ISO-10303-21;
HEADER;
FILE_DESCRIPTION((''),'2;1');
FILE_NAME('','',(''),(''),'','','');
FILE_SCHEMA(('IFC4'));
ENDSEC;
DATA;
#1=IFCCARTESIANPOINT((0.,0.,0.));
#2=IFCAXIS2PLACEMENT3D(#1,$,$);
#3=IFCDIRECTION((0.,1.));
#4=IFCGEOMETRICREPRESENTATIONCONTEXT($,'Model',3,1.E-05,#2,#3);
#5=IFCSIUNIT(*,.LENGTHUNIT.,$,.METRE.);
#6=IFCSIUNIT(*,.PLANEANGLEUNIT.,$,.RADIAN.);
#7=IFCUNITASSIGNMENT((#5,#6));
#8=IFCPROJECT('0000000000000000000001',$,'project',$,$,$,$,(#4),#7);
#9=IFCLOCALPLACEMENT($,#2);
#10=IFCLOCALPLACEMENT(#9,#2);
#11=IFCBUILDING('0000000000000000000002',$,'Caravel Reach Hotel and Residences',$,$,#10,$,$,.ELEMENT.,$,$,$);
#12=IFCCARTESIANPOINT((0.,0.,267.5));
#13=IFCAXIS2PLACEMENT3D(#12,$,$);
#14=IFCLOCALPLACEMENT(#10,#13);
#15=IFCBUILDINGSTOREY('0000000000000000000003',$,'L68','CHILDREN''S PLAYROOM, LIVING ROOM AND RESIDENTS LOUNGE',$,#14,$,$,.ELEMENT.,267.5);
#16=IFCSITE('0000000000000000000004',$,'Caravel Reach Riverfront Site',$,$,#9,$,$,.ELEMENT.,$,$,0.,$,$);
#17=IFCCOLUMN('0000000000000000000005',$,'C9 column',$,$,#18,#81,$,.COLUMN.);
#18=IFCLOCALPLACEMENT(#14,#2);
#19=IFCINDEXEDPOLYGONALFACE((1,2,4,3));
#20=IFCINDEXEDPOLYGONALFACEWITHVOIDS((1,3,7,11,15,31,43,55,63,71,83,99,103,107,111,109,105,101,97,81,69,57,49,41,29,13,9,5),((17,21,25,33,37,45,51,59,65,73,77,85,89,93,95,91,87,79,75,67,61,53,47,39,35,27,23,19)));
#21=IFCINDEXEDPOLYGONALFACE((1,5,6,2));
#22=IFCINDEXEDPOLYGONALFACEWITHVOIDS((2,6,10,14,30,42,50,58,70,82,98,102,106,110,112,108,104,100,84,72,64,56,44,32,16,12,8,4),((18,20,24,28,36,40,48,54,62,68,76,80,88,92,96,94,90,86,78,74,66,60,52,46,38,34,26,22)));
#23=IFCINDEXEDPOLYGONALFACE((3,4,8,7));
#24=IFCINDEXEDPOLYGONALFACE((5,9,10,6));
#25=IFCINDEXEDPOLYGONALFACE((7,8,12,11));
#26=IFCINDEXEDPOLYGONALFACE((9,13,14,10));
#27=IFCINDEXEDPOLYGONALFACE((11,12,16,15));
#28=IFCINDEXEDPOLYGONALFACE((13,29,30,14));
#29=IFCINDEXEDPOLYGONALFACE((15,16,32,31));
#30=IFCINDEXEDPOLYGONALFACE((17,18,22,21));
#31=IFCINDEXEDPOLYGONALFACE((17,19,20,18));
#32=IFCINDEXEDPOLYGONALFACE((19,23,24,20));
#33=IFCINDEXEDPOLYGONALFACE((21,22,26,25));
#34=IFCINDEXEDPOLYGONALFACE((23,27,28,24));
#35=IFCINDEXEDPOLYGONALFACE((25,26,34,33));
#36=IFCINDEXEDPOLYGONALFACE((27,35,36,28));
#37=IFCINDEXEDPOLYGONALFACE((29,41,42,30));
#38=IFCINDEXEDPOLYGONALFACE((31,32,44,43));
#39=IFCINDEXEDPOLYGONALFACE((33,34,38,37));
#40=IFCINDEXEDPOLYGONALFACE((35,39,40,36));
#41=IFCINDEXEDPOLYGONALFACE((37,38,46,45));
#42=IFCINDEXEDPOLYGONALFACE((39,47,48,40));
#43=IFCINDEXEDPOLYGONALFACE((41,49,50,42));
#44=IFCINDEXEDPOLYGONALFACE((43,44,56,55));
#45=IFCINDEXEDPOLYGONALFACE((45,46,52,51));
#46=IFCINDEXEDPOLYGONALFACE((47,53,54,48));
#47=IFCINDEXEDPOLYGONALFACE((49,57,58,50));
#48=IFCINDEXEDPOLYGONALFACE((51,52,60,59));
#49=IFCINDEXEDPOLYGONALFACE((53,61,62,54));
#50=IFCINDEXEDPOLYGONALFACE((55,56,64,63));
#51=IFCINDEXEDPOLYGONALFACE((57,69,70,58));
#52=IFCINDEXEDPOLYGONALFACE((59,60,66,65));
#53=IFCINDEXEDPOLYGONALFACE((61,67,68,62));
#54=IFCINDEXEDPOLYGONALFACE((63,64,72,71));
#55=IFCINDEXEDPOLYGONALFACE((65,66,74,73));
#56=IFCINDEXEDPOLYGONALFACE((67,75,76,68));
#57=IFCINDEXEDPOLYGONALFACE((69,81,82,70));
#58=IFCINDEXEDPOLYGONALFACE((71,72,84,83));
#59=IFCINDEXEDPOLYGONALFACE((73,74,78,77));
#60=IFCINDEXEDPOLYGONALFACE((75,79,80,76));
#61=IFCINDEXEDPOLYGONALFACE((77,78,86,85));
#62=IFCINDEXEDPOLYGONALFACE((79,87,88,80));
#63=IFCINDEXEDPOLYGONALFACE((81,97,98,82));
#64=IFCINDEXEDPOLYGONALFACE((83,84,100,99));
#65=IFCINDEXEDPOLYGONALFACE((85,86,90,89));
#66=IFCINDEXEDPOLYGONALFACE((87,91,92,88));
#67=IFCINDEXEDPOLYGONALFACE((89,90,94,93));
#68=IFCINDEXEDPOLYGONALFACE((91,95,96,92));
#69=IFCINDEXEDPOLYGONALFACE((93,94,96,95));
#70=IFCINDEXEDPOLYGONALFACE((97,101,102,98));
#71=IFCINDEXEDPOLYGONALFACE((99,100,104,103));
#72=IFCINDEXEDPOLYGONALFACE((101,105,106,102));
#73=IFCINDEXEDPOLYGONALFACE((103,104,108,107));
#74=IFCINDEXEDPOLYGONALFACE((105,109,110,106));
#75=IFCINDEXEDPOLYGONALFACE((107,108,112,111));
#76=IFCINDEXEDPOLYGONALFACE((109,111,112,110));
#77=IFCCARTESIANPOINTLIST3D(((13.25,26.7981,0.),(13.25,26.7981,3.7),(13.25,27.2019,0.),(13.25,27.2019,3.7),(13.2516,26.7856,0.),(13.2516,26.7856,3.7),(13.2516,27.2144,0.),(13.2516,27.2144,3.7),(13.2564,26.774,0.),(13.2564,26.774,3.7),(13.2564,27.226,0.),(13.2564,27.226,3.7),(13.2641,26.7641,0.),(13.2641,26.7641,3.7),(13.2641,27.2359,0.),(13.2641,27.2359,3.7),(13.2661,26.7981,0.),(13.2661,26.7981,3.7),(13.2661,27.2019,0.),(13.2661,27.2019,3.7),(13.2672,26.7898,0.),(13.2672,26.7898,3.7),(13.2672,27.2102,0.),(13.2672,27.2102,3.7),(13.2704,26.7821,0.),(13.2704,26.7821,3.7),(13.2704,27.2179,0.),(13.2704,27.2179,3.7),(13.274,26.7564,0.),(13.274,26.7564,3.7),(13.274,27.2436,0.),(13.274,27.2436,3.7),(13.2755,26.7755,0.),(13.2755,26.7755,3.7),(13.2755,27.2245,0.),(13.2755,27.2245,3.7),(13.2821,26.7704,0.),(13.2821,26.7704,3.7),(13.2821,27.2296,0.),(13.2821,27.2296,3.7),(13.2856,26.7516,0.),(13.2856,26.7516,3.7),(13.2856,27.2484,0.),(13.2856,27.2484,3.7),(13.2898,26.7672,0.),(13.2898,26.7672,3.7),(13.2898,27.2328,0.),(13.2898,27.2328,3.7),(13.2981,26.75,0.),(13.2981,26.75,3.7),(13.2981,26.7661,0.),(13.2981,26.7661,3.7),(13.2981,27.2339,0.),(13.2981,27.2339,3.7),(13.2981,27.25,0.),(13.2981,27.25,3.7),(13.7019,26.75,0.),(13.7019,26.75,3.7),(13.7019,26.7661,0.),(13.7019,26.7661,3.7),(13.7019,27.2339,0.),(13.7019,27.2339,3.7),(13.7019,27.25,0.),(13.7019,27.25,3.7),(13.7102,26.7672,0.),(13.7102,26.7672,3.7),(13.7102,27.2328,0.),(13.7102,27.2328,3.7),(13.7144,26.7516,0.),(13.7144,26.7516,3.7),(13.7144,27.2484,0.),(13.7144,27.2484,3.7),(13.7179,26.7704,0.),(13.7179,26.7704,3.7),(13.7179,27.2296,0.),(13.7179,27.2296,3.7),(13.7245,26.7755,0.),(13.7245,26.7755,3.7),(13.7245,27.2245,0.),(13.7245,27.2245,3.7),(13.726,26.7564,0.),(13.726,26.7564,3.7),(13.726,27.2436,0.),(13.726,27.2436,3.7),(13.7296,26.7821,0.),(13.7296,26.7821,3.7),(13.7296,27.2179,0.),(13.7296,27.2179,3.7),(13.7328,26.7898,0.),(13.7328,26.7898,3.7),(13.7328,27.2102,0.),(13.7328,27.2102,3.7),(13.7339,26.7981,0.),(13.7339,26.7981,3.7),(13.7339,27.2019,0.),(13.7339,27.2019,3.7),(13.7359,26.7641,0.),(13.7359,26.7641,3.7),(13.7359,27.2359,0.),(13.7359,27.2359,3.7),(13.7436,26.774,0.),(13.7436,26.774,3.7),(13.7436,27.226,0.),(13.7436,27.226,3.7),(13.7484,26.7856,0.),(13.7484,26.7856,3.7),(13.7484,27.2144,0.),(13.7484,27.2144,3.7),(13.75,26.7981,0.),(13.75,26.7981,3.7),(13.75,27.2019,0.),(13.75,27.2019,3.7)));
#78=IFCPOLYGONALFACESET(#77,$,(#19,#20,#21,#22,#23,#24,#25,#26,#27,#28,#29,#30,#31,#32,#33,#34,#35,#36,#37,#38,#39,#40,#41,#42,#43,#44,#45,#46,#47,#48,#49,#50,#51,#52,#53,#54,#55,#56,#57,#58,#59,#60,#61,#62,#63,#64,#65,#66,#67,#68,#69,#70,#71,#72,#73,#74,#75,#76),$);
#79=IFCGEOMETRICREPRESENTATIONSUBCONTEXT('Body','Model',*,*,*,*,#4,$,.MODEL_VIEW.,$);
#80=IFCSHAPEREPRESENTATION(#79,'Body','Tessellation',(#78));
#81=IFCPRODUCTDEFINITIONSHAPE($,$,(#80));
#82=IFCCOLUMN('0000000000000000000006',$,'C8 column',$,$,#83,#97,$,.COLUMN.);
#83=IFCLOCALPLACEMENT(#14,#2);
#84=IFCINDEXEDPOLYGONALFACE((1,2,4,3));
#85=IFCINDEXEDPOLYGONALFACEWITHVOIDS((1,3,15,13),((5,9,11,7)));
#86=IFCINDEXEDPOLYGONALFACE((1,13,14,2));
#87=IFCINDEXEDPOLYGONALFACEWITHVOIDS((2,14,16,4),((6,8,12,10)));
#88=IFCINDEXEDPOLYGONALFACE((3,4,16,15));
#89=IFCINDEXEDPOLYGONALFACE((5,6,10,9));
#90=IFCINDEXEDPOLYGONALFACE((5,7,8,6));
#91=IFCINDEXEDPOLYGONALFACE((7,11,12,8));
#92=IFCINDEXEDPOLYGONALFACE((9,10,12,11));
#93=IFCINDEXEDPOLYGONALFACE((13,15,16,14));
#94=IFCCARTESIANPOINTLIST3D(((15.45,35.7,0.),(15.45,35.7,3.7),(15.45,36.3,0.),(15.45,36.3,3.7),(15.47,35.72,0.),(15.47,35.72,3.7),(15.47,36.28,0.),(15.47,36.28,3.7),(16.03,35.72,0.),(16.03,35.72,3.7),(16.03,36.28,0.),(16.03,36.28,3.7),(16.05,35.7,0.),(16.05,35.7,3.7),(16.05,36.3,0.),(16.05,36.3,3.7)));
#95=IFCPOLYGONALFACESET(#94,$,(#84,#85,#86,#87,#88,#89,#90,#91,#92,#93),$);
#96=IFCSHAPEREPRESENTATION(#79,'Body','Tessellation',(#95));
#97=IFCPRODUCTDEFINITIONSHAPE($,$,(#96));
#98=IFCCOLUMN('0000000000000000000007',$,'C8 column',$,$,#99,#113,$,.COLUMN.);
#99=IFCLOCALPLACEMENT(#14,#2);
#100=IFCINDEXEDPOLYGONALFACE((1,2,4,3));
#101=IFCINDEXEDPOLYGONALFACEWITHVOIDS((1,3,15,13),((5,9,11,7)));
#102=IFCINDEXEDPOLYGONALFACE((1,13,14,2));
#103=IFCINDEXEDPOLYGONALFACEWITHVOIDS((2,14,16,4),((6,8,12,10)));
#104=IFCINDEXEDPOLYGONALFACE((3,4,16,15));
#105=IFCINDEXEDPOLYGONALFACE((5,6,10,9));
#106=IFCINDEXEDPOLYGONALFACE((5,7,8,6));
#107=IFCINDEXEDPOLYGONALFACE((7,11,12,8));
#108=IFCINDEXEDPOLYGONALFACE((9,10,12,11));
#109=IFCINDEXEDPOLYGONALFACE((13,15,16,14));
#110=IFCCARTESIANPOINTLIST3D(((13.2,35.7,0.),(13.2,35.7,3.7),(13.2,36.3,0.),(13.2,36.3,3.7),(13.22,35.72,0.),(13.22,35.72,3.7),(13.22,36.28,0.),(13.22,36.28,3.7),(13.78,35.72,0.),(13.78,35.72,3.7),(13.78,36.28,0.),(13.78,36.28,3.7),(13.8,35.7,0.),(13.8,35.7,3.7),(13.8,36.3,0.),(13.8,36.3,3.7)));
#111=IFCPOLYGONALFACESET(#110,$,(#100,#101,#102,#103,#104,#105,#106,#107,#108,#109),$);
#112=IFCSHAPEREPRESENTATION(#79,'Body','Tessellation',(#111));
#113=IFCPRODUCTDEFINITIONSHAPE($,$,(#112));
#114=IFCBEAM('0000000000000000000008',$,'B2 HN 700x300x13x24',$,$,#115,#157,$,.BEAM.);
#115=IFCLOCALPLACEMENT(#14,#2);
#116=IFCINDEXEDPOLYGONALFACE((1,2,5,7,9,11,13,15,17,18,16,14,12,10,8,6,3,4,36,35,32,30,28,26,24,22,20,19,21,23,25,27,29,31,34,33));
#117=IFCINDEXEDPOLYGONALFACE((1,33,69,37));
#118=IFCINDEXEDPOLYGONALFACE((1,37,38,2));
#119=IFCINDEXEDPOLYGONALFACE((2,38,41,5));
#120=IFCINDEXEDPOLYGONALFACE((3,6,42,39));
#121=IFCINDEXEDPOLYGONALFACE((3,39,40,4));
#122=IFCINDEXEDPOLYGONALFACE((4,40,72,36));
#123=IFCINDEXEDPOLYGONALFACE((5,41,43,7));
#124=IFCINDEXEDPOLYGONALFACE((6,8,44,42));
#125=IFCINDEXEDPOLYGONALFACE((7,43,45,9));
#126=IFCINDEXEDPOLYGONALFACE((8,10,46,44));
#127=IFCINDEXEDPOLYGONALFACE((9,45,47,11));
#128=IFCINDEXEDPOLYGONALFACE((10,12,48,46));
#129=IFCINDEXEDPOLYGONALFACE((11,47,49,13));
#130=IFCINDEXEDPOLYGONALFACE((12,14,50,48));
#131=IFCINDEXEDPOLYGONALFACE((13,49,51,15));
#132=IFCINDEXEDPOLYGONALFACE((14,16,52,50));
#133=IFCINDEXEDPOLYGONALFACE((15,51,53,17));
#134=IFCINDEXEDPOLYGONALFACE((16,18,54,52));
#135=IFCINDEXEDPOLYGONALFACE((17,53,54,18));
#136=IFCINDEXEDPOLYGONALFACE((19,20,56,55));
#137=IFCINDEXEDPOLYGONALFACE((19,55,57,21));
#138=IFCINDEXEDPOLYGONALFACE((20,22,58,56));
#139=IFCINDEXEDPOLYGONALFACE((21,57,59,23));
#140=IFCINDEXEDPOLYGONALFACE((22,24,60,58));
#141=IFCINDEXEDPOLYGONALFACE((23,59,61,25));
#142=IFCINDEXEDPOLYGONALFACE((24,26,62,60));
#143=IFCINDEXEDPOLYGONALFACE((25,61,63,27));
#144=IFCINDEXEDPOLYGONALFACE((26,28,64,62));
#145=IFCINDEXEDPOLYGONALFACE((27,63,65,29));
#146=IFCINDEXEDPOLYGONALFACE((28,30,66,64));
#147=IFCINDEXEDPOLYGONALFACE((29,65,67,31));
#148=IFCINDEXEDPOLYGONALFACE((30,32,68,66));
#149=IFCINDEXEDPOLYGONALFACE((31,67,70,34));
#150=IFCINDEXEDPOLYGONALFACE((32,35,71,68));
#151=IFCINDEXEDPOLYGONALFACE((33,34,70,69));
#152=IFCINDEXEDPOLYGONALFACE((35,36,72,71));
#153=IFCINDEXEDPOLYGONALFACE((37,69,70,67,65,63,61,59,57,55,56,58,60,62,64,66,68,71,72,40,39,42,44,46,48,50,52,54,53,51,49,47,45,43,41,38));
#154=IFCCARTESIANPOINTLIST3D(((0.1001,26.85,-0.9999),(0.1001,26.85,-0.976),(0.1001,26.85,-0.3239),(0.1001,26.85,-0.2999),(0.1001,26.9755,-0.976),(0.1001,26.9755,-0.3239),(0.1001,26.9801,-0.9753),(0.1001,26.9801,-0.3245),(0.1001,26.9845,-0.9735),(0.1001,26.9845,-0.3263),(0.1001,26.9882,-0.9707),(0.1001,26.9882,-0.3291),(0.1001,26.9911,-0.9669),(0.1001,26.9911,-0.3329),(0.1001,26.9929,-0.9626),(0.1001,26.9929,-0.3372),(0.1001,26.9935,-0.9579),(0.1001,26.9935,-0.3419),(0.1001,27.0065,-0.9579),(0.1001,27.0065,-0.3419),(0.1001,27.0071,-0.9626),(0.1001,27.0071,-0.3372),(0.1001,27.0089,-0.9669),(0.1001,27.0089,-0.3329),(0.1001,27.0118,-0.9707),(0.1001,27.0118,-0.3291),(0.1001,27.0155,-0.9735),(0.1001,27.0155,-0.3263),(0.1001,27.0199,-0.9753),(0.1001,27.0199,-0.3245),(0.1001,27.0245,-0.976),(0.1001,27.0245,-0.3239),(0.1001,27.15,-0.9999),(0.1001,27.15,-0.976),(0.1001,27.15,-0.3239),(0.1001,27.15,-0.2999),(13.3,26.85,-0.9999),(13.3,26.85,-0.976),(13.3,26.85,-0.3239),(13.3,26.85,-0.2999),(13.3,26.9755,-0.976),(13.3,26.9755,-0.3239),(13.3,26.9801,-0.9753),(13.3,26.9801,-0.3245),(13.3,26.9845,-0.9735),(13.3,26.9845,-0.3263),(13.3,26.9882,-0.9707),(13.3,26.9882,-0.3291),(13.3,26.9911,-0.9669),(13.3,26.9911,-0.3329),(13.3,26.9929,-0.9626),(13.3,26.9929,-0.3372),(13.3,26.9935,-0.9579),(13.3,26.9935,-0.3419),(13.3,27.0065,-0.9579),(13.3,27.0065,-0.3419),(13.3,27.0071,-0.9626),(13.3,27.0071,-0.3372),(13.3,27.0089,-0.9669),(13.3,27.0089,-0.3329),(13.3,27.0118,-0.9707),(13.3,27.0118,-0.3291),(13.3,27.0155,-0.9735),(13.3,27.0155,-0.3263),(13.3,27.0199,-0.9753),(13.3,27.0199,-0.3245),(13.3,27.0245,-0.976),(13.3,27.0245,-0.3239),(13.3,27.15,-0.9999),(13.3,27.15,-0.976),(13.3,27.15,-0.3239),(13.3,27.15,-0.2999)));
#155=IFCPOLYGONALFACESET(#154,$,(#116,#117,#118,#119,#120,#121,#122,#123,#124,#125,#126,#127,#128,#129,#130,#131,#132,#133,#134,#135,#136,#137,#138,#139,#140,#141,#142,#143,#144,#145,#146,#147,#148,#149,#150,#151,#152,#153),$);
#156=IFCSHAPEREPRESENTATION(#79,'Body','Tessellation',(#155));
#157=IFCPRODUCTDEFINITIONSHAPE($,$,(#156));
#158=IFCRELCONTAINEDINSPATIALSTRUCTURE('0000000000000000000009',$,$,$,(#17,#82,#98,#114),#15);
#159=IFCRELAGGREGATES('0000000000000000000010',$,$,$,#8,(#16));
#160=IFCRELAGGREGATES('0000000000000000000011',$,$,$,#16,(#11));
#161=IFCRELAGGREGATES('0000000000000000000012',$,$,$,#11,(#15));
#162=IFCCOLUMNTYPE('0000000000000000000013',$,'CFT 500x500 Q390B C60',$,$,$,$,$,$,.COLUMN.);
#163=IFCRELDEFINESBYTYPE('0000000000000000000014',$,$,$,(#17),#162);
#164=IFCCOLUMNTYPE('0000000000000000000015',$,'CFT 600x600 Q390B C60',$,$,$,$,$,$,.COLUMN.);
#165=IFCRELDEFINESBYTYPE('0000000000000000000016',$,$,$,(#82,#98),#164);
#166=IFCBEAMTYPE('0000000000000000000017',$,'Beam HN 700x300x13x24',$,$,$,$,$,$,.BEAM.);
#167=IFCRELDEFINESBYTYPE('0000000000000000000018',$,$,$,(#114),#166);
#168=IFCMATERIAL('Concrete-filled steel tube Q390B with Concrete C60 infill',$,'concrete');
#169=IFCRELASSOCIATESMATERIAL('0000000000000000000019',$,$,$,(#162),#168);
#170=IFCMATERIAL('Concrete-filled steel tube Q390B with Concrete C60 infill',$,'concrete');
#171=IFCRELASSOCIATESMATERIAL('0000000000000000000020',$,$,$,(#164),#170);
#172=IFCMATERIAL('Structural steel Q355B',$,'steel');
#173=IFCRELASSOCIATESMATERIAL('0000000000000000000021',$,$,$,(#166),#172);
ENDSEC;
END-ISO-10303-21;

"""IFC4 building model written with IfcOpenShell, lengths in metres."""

from ifc_helpers import new_model, si_unit, direction, frame, origin, origin_2d, place, context, subcontext, project, spatial, hollow_rectangle, i_section, extrude, material, material_profile, profile_set, type_object, element, save


model = new_model("IFC4")

# Units and contexts
model_context = context("Model", 3, precision=1e-05, world=origin(), true_north=direction((0.0, 1.0)))
body_context = subcontext(model_context, "Body", "Model", "MODEL_VIEW")
ifc_project = project(units=[si_unit("LENGTHUNIT", "METRE"), si_unit("PLANEANGLEUNIT", "RADIAN")], contexts=[model_context])

# Site, building, storey
site_placement = place(None, origin())
site = spatial("IfcSite", under=ifc_project, at=site_placement, Name="Caravel Reach Riverfront Site", CompositionType="ELEMENT", RefElevation=0.0)
building_placement = place(site_placement, origin())
building = spatial("IfcBuilding", under=site, at=building_placement, Name="Caravel Reach Hotel and Residences", CompositionType="ELEMENT")
storey_placement = place(building_placement, frame((0.0, 0.0, 267.5)))
storey = spatial("IfcBuildingStorey", under=building, at=storey_placement, Name="L68", Description="CHILDREN'S PLAYROOM, LIVING ROOM AND RESIDENTS LOUNGE", CompositionType="ELEMENT", Elevation=267.5)

# Columns
ifc_material_1 = material(Name="Concrete-filled steel tube Q390B with Concrete C60 infill", Category="concrete")
ifc_material_profile_1 = material_profile(ifc_material_1, hollow_rectangle(XDim=0.5, YDim=0.5, WallThickness=0.0161, InnerFilletRadius=0.032, OuterFilletRadius=0.0481, at=origin_2d()), Name="RHS 500x500x16")
ifc_profile_set_1 = profile_set([ifc_material_profile_1], Name="Concrete-filled steel tube Q390B with Concrete C60 infill")
column_type_1 = type_object("IfcColumnType", Name="CFT 500x500 Q390B C60", PredefinedType="COLUMN", material=ifc_profile_set_1)
column_placement = place(storey_placement, frame((13.5, 27.0, 0.0), z_axis=(0.0, 0.0, 1.0), x_axis=(1.0, 0.0, 0.0)))
element("IfcColumn", 1, at=column_placement, inside=storey, type_object=column_type_1, Name="C9 column", PredefinedType="COLUMN", context=body_context, shape_type="SweptSolid", body=[
    extrude(hollow_rectangle(XDim=0.5, YDim=0.5, WallThickness=0.0161, InnerFilletRadius=0.032, OuterFilletRadius=0.0481, at=origin_2d()), origin(), (0.0, 0.0, 1.0), 3.7),
])
ifc_material_2 = material(Name="Concrete-filled steel tube Q390B with Concrete C60 infill", Category="concrete")
ifc_material_profile_2 = material_profile(ifc_material_2, hollow_rectangle(XDim=0.6001, YDim=0.6001, WallThickness=0.02, at=origin_2d()), Name="RHS 600x600x20")
ifc_profile_set_2 = profile_set([ifc_material_profile_2], Name="Concrete-filled steel tube Q390B with Concrete C60 infill")
column_type_2 = type_object("IfcColumnType", Name="CFT 600x600 Q390B C60", PredefinedType="COLUMN", material=ifc_profile_set_2)
for number, where, z_axis, x_axis, name in (
    (2, (15.75, 36.0, 0.0), (0.0, 0.0, 1.0), (1.0, 0.0, 0.0), "C8 column"),
    (3, (13.5, 36.0, 0.0), (0.0, 0.0, 1.0), (1.0, 0.0, 0.0), "C8 column"),
):
    element("IfcColumn", number, at=place(storey_placement, frame(where, z_axis=z_axis, x_axis=x_axis)), inside=storey, type_object=column_type_2, Name=name, PredefinedType="COLUMN", context=body_context, shape_type="SweptSolid", body=[
        extrude(hollow_rectangle(XDim=0.6001, YDim=0.6001, WallThickness=0.02, at=origin_2d()), origin(), (0.0, 0.0, 1.0), 3.7),
    ])

# Beam
ifc_material_3 = material(Name="Structural steel Q355B", Category="steel")
ifc_material_profile_3 = material_profile(ifc_material_3, i_section(OverallWidth=0.3, OverallDepth=0.7, WebThickness=0.0129, FlangeThickness=0.0239, FilletRadius=0.0181, at=origin_2d()), Name="HN 700x300x13x24")
ifc_profile_set_3 = profile_set([ifc_material_profile_3], Name="Structural steel Q355B")
beam_type_1 = type_object("IfcBeamType", Name="Beam HN 700x300x13x24", PredefinedType="BEAM", material=ifc_profile_set_3)
beam_1_placement = place(storey_placement, frame((13.3, 27.0, -0.6499), z_axis=(-1.0, 0.0, 0.0), x_axis=(0.0, -1.0, 0.0)))
element("IfcBeam", 4, at=beam_1_placement, inside=storey, type_object=beam_type_1, Name="B2 HN 700x300x13x24", PredefinedType="BEAM", context=body_context, shape_type="SweptSolid", body=[
    extrude(i_section(OverallWidth=0.3, OverallDepth=0.7, WebThickness=0.0129, FlangeThickness=0.0239, FilletRadius=0.0181, at=origin_2d()), origin(), (0.0, 0.0, 1.0), 13.2),
])

save(model, "model.ifc")
